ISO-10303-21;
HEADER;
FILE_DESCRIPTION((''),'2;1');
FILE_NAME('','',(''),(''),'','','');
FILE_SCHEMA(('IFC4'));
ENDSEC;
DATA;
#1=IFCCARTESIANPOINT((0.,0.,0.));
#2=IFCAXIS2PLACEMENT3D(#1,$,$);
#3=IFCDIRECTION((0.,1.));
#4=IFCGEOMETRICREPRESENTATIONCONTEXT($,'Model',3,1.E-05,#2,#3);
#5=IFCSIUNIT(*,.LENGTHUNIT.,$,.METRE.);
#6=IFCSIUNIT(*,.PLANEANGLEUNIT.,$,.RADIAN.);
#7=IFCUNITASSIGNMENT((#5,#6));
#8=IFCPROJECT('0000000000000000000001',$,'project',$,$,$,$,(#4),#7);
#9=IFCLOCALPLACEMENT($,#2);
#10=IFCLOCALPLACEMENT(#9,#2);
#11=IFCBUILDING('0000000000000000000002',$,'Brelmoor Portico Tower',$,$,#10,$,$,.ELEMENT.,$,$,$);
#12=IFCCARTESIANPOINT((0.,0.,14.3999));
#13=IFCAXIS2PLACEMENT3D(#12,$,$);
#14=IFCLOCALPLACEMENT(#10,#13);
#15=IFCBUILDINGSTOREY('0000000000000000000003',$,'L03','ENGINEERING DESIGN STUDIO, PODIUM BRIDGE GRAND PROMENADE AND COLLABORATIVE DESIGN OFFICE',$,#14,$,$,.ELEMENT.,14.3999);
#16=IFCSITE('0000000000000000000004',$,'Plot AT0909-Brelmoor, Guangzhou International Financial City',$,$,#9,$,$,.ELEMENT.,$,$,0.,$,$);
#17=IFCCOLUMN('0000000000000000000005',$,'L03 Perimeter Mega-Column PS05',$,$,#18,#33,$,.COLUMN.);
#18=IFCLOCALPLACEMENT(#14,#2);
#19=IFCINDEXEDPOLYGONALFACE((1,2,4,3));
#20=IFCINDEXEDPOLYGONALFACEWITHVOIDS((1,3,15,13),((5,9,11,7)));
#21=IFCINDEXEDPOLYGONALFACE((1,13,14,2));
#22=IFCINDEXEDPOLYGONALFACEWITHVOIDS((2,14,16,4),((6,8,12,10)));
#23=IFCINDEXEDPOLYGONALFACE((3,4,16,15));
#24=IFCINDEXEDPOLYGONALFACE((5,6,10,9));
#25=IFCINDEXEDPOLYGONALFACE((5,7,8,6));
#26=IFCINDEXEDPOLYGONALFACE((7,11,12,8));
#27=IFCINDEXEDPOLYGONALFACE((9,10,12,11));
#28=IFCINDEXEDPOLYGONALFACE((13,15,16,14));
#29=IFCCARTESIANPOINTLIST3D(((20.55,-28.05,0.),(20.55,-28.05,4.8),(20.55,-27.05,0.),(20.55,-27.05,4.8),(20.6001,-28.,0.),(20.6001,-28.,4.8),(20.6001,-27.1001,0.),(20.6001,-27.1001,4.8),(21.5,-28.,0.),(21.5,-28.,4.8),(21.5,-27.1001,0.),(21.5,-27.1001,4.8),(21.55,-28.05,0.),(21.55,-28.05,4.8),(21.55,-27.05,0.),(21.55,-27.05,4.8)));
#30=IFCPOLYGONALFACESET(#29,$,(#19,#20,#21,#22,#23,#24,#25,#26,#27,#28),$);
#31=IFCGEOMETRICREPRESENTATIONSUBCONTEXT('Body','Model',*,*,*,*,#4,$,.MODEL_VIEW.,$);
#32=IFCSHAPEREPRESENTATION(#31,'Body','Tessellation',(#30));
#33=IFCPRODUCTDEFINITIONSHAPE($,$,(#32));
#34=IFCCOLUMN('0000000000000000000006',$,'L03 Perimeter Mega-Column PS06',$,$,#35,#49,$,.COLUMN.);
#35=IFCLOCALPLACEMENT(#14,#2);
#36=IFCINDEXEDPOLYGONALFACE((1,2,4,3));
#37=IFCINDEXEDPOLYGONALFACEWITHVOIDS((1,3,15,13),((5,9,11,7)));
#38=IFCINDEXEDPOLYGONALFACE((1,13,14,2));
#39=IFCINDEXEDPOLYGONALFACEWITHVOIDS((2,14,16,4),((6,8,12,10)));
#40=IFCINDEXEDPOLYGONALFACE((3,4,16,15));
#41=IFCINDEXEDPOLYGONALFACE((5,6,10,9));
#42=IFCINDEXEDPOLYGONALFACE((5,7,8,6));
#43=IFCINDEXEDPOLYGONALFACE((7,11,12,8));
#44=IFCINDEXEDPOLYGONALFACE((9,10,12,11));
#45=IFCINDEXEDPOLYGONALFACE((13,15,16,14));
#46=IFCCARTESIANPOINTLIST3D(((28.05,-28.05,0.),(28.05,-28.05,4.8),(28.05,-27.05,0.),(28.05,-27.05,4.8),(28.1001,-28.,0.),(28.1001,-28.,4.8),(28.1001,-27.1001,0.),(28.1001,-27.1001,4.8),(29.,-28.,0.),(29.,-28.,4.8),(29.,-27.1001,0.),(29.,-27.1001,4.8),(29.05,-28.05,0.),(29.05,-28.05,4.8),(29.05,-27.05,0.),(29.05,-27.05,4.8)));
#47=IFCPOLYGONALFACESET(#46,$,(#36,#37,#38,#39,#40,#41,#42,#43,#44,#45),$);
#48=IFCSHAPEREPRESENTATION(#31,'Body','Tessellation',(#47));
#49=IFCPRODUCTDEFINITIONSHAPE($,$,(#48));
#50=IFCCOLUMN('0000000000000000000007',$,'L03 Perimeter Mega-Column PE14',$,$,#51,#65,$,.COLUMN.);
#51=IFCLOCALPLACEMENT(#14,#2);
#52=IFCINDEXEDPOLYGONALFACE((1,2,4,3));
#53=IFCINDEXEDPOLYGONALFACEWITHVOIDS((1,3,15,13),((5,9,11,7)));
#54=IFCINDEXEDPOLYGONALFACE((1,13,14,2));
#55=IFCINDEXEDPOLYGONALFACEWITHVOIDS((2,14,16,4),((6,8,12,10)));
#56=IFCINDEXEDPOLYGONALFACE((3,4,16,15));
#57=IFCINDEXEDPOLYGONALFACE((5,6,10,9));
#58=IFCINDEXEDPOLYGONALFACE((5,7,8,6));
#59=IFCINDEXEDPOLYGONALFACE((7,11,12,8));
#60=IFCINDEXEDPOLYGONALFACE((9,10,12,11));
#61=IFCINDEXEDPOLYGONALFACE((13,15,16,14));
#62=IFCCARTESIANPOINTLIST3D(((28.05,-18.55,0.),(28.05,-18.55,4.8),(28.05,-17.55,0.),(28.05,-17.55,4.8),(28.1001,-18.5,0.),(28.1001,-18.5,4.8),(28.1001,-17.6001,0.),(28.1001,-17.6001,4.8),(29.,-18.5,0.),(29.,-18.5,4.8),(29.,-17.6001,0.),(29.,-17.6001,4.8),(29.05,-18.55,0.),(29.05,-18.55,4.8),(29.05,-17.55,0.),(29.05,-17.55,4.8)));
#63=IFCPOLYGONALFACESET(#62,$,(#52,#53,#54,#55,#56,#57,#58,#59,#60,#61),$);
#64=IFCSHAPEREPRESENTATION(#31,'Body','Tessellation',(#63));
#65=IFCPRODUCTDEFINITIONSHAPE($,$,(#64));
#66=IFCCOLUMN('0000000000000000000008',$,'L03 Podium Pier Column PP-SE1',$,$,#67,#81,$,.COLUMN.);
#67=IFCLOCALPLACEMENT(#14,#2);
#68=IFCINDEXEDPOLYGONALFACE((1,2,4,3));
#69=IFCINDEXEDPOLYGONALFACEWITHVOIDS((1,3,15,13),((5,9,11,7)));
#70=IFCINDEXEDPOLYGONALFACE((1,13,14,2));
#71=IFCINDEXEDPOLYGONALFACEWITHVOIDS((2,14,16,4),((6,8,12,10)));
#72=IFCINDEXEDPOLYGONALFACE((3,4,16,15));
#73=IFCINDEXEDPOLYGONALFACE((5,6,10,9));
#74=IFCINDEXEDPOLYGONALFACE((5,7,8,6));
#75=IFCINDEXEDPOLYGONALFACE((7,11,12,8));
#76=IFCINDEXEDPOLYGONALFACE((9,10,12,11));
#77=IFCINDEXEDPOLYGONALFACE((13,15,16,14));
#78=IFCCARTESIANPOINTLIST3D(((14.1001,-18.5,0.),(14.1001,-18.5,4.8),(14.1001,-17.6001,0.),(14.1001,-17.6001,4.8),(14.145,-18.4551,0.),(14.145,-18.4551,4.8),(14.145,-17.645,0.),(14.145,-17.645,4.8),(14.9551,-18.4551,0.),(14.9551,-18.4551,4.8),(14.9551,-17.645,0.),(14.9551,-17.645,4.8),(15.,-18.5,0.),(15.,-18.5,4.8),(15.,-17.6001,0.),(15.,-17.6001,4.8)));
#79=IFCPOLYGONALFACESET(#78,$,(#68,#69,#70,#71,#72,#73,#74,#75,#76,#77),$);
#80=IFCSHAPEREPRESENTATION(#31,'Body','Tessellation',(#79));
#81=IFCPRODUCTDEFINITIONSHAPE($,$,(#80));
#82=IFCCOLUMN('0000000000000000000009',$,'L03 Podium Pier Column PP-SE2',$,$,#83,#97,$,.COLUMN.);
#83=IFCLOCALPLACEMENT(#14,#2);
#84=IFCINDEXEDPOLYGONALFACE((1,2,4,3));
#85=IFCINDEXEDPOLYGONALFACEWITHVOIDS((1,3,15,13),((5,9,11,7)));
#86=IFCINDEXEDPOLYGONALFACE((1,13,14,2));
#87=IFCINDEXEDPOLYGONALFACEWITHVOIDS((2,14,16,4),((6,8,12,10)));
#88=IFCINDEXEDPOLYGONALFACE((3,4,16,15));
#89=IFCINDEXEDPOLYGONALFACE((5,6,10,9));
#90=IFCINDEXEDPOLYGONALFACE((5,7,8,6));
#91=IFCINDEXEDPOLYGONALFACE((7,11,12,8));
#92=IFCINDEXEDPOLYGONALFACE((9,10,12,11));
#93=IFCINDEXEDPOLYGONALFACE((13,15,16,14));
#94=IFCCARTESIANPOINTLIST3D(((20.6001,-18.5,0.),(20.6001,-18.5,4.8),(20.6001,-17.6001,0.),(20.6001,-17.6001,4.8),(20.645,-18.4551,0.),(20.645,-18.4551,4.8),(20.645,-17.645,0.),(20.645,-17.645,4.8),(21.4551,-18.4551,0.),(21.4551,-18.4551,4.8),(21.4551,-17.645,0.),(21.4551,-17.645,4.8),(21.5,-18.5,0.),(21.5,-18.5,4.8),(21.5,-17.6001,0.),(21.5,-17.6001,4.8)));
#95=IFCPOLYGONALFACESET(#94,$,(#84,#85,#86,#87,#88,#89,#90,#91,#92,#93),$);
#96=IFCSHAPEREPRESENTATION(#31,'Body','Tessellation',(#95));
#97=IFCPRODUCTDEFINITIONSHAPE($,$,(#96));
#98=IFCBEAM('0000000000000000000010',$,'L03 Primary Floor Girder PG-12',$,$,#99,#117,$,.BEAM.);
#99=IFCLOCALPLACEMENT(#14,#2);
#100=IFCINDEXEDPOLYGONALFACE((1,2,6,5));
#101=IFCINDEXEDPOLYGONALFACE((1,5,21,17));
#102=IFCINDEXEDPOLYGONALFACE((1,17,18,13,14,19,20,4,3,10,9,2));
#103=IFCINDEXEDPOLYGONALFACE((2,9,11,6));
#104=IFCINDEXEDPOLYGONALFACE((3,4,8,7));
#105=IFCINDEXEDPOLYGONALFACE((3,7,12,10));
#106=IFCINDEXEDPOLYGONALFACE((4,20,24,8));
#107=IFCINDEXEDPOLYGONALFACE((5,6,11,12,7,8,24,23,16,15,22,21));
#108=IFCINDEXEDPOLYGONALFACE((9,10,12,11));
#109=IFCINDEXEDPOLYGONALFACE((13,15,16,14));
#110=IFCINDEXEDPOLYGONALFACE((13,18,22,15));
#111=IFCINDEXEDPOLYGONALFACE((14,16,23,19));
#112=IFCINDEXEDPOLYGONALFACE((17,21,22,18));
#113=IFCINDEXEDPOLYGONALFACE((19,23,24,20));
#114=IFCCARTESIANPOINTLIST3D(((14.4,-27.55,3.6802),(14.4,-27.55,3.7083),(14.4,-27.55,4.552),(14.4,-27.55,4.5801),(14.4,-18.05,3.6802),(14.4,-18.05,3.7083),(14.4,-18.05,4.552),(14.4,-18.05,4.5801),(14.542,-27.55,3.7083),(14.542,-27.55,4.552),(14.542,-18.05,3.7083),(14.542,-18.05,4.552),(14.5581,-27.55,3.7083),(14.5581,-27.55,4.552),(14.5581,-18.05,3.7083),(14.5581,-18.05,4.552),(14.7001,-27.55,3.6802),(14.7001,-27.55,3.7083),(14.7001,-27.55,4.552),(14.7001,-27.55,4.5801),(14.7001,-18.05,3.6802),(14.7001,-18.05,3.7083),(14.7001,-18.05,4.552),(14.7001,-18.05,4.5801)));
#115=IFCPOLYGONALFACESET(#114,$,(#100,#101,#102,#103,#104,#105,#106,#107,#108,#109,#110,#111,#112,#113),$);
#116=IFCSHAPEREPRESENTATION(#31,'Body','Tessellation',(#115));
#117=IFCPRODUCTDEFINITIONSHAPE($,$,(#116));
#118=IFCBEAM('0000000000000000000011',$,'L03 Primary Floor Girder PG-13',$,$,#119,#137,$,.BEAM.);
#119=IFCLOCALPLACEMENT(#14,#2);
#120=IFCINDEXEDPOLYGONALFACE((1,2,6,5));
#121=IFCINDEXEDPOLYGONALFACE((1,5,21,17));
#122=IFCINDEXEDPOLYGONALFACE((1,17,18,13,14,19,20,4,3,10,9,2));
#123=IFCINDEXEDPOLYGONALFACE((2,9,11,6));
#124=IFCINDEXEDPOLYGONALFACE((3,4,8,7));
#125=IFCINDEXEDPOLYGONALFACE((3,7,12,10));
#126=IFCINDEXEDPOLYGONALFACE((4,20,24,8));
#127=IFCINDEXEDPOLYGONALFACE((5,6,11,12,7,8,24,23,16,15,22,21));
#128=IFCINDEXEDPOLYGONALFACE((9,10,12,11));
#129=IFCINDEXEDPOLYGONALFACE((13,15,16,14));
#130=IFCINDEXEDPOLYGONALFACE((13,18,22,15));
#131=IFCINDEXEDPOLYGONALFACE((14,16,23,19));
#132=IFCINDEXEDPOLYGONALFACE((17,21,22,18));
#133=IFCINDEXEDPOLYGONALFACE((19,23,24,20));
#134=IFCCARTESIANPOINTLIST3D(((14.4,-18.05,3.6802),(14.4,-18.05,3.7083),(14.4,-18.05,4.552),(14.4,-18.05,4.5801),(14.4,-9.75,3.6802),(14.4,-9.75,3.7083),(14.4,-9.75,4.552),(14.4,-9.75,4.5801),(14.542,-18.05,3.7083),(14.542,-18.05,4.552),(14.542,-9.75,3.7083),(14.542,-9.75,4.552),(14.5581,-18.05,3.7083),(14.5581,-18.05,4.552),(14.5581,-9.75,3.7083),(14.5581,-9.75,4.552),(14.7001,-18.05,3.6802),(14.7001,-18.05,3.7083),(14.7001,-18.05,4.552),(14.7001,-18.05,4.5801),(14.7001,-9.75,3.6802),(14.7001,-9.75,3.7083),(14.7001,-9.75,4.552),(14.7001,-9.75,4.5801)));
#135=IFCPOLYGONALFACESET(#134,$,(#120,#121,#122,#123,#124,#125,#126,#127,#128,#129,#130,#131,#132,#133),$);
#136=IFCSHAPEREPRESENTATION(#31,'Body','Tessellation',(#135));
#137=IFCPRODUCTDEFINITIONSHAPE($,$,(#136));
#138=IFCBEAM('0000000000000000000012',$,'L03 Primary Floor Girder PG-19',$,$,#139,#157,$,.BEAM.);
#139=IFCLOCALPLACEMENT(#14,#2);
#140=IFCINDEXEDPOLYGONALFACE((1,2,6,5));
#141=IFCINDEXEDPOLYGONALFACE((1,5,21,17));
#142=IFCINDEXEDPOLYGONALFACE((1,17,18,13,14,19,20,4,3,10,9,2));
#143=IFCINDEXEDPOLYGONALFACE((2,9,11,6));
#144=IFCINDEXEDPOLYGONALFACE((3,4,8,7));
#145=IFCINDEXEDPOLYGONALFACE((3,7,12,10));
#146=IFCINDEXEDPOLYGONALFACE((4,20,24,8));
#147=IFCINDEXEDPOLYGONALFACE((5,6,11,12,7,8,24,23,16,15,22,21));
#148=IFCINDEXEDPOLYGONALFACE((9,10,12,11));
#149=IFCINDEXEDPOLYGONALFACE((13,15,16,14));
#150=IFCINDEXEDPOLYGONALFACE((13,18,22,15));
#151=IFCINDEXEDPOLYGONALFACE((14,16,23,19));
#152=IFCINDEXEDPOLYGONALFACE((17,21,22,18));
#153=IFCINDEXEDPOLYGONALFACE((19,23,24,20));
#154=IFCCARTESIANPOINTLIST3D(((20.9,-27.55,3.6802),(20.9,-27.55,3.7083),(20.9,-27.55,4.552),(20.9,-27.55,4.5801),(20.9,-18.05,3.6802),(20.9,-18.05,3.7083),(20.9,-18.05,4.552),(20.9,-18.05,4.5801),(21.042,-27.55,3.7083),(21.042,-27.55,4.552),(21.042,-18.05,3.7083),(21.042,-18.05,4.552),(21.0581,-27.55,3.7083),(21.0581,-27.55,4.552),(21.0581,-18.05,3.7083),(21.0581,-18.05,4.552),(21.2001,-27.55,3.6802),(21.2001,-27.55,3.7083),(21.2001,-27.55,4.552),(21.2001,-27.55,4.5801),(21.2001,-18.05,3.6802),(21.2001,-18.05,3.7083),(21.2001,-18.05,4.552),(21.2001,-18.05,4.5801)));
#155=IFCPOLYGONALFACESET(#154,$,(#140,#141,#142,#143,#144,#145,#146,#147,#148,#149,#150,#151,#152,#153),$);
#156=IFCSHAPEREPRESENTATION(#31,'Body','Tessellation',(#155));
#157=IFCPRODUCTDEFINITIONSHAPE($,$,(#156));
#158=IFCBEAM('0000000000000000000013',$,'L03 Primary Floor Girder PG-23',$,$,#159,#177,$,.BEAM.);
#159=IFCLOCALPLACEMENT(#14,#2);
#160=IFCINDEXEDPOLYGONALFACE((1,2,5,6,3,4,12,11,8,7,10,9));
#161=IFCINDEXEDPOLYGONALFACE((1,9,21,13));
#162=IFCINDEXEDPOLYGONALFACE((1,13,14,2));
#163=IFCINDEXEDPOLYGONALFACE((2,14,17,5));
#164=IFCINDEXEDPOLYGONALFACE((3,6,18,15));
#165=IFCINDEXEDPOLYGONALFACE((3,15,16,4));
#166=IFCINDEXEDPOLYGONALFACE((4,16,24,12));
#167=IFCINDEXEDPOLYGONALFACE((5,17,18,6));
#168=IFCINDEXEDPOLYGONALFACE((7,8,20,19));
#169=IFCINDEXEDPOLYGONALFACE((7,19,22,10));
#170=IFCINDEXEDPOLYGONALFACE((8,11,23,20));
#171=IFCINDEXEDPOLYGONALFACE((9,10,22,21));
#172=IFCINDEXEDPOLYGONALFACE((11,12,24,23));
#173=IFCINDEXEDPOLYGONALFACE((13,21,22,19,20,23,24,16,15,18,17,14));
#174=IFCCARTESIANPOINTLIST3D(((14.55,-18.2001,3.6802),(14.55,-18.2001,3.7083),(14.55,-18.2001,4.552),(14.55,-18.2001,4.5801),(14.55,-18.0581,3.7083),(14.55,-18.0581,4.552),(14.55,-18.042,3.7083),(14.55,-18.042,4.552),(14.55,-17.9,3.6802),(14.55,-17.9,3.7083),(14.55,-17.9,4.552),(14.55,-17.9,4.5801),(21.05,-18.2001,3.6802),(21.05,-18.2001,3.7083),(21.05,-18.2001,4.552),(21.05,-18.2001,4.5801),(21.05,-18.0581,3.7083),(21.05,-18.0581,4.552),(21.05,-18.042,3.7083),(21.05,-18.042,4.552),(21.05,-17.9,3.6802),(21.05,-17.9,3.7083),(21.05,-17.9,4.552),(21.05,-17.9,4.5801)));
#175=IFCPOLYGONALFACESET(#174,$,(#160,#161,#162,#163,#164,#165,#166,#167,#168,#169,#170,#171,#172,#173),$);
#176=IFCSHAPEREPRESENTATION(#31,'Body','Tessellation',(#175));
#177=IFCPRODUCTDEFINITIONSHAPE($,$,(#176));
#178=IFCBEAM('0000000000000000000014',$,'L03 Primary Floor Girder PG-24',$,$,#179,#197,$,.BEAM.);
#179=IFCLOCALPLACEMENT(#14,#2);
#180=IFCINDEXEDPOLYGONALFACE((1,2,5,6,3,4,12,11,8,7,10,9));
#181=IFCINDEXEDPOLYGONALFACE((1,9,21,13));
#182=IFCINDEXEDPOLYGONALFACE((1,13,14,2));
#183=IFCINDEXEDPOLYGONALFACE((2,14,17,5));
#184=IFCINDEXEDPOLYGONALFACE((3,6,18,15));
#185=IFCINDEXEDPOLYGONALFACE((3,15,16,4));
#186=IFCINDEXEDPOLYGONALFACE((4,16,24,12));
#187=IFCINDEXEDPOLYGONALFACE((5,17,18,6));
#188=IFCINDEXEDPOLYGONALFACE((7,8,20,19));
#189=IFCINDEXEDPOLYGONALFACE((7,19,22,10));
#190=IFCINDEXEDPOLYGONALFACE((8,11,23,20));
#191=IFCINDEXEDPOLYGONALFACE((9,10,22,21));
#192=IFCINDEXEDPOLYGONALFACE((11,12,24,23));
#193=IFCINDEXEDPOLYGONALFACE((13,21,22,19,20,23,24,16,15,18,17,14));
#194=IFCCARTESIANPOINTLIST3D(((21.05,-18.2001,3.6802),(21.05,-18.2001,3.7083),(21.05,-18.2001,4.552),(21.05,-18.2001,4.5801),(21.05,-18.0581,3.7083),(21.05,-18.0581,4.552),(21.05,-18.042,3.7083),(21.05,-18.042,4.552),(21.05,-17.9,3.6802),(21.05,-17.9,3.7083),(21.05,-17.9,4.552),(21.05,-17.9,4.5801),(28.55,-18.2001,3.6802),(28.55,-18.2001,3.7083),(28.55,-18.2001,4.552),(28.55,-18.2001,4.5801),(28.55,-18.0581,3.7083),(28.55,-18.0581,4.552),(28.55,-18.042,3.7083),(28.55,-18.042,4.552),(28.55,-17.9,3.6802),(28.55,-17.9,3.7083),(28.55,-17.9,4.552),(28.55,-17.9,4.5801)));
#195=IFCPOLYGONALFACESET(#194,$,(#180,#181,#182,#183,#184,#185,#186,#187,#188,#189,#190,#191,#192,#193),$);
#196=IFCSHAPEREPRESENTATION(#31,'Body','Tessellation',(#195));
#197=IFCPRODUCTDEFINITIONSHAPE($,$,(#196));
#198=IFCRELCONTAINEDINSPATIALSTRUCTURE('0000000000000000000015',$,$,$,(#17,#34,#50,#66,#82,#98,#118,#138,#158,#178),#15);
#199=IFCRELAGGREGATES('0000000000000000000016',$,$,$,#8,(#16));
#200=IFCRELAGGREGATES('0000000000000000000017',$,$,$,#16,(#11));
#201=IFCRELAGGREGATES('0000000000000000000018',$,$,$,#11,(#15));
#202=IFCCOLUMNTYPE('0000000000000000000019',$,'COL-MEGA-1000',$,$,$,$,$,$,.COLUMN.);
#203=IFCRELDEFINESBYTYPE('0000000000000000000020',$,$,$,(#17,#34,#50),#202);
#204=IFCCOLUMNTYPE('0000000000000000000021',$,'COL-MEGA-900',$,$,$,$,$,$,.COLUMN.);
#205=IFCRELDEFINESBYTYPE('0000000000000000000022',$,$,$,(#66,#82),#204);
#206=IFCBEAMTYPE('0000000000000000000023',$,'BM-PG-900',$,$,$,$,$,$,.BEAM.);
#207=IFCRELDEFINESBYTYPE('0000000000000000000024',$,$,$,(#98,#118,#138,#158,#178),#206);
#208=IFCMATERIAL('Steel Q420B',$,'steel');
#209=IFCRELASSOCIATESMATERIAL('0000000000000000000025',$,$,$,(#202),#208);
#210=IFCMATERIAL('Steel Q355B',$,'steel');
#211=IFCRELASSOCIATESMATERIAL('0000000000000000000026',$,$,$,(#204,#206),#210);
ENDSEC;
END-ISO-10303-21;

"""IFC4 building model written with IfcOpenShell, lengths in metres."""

from ifc_helpers import new_model, si_unit, direction, frame, origin, origin_2d, place, context, subcontext, project, spatial, hollow_rectangle, i_section, extrude, material, material_profile, profile_set, type_object, element, save


model = new_model("IFC4")

# Units and contexts
model_context = context("Model", 3, precision=1e-05, world=origin(), true_north=direction((0.0, 1.0)))
body_context = subcontext(model_context, "Body", "Model", "MODEL_VIEW")
ifc_project = project(units=[si_unit("LENGTHUNIT", "METRE"), si_unit("PLANEANGLEUNIT", "RADIAN")], contexts=[model_context])

# Site, building, storey
site_placement = place(None, origin())
site = spatial("IfcSite", under=ifc_project, at=site_placement, Name="Plot AT0909-Brelmoor, Guangzhou International Financial City", CompositionType="ELEMENT", RefElevation=0.0)
building_placement = place(site_placement, origin())
building = spatial("IfcBuilding", under=site, at=building_placement, Name="Brelmoor Portico Tower", CompositionType="ELEMENT")
storey_placement = place(building_placement, frame((0.0, 0.0, 14.3999)))
storey = spatial("IfcBuildingStorey", under=building, at=storey_placement, Name="L03", Description="ENGINEERING DESIGN STUDIO, PODIUM BRIDGE GRAND PROMENADE AND COLLABORATIVE DESIGN OFFICE", CompositionType="ELEMENT", Elevation=14.3999)

# Columns
ifc_material_1 = material(Name="Steel Q420B", Category="steel")
ifc_material_profile_1 = material_profile(ifc_material_1, hollow_rectangle(XDim=1.0, YDim=1.0, WallThickness=0.05, at=origin_2d()), Name="BOX 1000x1000x50")
ifc_profile_set_1 = profile_set([ifc_material_profile_1], Name="Steel Q420B")
column_type_1 = type_object("IfcColumnType", Name="COL-MEGA-1000", PredefinedType="COLUMN", material=ifc_profile_set_1)
for number, where, z_axis, x_axis, name in (
    (1, (21.05, -27.55, 0.0), (0.0, 0.0, 1.0), (1.0, 0.0, 0.0), "L03 Perimeter Mega-Column PS05"),
    (2, (28.55, -27.55, 0.0), (0.0, 0.0, 1.0), (1.0, 0.0, 0.0), "L03 Perimeter Mega-Column PS06"),
    (3, (28.55, -18.05, 0.0), (0.0, 0.0, 1.0), (0.0, 1.0, 0.0), "L03 Perimeter Mega-Column PE14"),
):
    element("IfcColumn", number, at=place(storey_placement, frame(where, z_axis=z_axis, x_axis=x_axis)), inside=storey, type_object=column_type_1, Name=name, PredefinedType="COLUMN", context=body_context, shape_type="SweptSolid", body=[
        extrude(hollow_rectangle(XDim=1.0, YDim=1.0, WallThickness=0.05, at=origin_2d()), origin(), (0.0, 0.0, 1.0), 4.8),
    ])
ifc_material_2 = material(Name="Steel Q355B", Category="steel")
ifc_material_profile_2 = material_profile(ifc_material_2, hollow_rectangle(XDim=0.8999, YDim=0.8999, WallThickness=0.0449, at=origin_2d()), Name="BOX 900x900x45")
ifc_profile_set_2 = profile_set([ifc_material_profile_2], Name="Steel Q355B")
column_type_2 = type_object("IfcColumnType", Name="COL-MEGA-900", PredefinedType="COLUMN", material=ifc_profile_set_2)
for number, where, z_axis, x_axis, name in (
    (4, (14.55, -18.05, 0.0), (0.0, 0.0, 1.0), (1.0, 0.0, 0.0), "L03 Podium Pier Column PP-SE1"),
    (5, (21.05, -18.05, 0.0), (0.0, 0.0, 1.0), (1.0, 0.0, 0.0), "L03 Podium Pier Column PP-SE2"),
):
    element("IfcColumn", number, at=place(storey_placement, frame(where, z_axis=z_axis, x_axis=x_axis)), inside=storey, type_object=column_type_2, Name=name, PredefinedType="COLUMN", context=body_context, shape_type="SweptSolid", body=[
        extrude(hollow_rectangle(XDim=0.8999, YDim=0.8999, WallThickness=0.0449, at=origin_2d()), origin(), (0.0, 0.0, 1.0), 4.8),
    ])

# Beams
ifc_material_profile_3 = material_profile(ifc_material_2, i_section(OverallWidth=0.3, OverallDepth=0.8999, WebThickness=0.0161, FlangeThickness=0.0281, at=origin_2d()), Name="HN 900x300x16x28")
ifc_profile_set_3 = profile_set([ifc_material_profile_3], Name="Steel Q355B")
beam_type_1 = type_object("IfcBeamType", Name="BM-PG-900", PredefinedType="BEAM", material=ifc_profile_set_3)
beam_1_placement = place(storey_placement, frame((14.55, -27.55, 4.1301), z_axis=(0.0, 1.0, 0.0), x_axis=(-1.0, 0.0, 0.0)))
element("IfcBeam", 6, at=beam_1_placement, inside=storey, type_object=beam_type_1, Name="L03 Primary Floor Girder PG-12", PredefinedType="BEAM", context=body_context, shape_type="SweptSolid", body=[
    extrude(i_section(OverallWidth=0.3, OverallDepth=0.8999, WebThickness=0.0161, FlangeThickness=0.0281, at=origin_2d()), origin(), (0.0, 0.0, 1.0), 9.5),
])
beam_2_placement = place(storey_placement, frame((14.55, -18.05, 4.1301), z_axis=(0.0, 1.0, 0.0), x_axis=(-1.0, 0.0, 0.0)))
element("IfcBeam", 7, at=beam_2_placement, inside=storey, type_object=beam_type_1, Name="L03 Primary Floor Girder PG-13", PredefinedType="BEAM", context=body_context, shape_type="SweptSolid", body=[
    extrude(i_section(OverallWidth=0.3, OverallDepth=0.8999, WebThickness=0.0161, FlangeThickness=0.0281, at=origin_2d()), origin(), (0.0, 0.0, 1.0), 8.3),
])
beam_3_placement = place(storey_placement, frame((21.05, -27.55, 4.1301), z_axis=(0.0, 1.0, 0.0), x_axis=(-1.0, 0.0, 0.0)))
element("IfcBeam", 8, at=beam_3_placement, inside=storey, type_object=beam_type_1, Name="L03 Primary Floor Girder PG-19", PredefinedType="BEAM", context=body_context, shape_type="SweptSolid", body=[
    extrude(i_section(OverallWidth=0.3, OverallDepth=0.8999, WebThickness=0.0161, FlangeThickness=0.0281, at=origin_2d()), origin(), (0.0, 0.0, 1.0), 9.5),
])
beam_4_placement = place(storey_placement, frame((14.55, -18.05, 4.1301), z_axis=(1.0, 0.0, 0.0), x_axis=(0.0, 1.0, 0.0)))
element("IfcBeam", 9, at=beam_4_placement, inside=storey, type_object=beam_type_1, Name="L03 Primary Floor Girder PG-23", PredefinedType="BEAM", context=body_context, shape_type="SweptSolid", body=[
    extrude(i_section(OverallWidth=0.3, OverallDepth=0.8999, WebThickness=0.0161, FlangeThickness=0.0281, at=origin_2d()), origin(), (0.0, 0.0, 1.0), 6.5),
])
beam_5_placement = place(storey_placement, frame((21.05, -18.05, 4.1301), z_axis=(1.0, 0.0, 0.0), x_axis=(0.0, 1.0, 0.0)))
element("IfcBeam", 10, at=beam_5_placement, inside=storey, type_object=beam_type_1, Name="L03 Primary Floor Girder PG-24", PredefinedType="BEAM", context=body_context, shape_type="SweptSolid", body=[
    extrude(i_section(OverallWidth=0.3, OverallDepth=0.8999, WebThickness=0.0161, FlangeThickness=0.0281, at=origin_2d()), origin(), (0.0, 0.0, 1.0), 7.5),
])

save(model, "model.ifc")
